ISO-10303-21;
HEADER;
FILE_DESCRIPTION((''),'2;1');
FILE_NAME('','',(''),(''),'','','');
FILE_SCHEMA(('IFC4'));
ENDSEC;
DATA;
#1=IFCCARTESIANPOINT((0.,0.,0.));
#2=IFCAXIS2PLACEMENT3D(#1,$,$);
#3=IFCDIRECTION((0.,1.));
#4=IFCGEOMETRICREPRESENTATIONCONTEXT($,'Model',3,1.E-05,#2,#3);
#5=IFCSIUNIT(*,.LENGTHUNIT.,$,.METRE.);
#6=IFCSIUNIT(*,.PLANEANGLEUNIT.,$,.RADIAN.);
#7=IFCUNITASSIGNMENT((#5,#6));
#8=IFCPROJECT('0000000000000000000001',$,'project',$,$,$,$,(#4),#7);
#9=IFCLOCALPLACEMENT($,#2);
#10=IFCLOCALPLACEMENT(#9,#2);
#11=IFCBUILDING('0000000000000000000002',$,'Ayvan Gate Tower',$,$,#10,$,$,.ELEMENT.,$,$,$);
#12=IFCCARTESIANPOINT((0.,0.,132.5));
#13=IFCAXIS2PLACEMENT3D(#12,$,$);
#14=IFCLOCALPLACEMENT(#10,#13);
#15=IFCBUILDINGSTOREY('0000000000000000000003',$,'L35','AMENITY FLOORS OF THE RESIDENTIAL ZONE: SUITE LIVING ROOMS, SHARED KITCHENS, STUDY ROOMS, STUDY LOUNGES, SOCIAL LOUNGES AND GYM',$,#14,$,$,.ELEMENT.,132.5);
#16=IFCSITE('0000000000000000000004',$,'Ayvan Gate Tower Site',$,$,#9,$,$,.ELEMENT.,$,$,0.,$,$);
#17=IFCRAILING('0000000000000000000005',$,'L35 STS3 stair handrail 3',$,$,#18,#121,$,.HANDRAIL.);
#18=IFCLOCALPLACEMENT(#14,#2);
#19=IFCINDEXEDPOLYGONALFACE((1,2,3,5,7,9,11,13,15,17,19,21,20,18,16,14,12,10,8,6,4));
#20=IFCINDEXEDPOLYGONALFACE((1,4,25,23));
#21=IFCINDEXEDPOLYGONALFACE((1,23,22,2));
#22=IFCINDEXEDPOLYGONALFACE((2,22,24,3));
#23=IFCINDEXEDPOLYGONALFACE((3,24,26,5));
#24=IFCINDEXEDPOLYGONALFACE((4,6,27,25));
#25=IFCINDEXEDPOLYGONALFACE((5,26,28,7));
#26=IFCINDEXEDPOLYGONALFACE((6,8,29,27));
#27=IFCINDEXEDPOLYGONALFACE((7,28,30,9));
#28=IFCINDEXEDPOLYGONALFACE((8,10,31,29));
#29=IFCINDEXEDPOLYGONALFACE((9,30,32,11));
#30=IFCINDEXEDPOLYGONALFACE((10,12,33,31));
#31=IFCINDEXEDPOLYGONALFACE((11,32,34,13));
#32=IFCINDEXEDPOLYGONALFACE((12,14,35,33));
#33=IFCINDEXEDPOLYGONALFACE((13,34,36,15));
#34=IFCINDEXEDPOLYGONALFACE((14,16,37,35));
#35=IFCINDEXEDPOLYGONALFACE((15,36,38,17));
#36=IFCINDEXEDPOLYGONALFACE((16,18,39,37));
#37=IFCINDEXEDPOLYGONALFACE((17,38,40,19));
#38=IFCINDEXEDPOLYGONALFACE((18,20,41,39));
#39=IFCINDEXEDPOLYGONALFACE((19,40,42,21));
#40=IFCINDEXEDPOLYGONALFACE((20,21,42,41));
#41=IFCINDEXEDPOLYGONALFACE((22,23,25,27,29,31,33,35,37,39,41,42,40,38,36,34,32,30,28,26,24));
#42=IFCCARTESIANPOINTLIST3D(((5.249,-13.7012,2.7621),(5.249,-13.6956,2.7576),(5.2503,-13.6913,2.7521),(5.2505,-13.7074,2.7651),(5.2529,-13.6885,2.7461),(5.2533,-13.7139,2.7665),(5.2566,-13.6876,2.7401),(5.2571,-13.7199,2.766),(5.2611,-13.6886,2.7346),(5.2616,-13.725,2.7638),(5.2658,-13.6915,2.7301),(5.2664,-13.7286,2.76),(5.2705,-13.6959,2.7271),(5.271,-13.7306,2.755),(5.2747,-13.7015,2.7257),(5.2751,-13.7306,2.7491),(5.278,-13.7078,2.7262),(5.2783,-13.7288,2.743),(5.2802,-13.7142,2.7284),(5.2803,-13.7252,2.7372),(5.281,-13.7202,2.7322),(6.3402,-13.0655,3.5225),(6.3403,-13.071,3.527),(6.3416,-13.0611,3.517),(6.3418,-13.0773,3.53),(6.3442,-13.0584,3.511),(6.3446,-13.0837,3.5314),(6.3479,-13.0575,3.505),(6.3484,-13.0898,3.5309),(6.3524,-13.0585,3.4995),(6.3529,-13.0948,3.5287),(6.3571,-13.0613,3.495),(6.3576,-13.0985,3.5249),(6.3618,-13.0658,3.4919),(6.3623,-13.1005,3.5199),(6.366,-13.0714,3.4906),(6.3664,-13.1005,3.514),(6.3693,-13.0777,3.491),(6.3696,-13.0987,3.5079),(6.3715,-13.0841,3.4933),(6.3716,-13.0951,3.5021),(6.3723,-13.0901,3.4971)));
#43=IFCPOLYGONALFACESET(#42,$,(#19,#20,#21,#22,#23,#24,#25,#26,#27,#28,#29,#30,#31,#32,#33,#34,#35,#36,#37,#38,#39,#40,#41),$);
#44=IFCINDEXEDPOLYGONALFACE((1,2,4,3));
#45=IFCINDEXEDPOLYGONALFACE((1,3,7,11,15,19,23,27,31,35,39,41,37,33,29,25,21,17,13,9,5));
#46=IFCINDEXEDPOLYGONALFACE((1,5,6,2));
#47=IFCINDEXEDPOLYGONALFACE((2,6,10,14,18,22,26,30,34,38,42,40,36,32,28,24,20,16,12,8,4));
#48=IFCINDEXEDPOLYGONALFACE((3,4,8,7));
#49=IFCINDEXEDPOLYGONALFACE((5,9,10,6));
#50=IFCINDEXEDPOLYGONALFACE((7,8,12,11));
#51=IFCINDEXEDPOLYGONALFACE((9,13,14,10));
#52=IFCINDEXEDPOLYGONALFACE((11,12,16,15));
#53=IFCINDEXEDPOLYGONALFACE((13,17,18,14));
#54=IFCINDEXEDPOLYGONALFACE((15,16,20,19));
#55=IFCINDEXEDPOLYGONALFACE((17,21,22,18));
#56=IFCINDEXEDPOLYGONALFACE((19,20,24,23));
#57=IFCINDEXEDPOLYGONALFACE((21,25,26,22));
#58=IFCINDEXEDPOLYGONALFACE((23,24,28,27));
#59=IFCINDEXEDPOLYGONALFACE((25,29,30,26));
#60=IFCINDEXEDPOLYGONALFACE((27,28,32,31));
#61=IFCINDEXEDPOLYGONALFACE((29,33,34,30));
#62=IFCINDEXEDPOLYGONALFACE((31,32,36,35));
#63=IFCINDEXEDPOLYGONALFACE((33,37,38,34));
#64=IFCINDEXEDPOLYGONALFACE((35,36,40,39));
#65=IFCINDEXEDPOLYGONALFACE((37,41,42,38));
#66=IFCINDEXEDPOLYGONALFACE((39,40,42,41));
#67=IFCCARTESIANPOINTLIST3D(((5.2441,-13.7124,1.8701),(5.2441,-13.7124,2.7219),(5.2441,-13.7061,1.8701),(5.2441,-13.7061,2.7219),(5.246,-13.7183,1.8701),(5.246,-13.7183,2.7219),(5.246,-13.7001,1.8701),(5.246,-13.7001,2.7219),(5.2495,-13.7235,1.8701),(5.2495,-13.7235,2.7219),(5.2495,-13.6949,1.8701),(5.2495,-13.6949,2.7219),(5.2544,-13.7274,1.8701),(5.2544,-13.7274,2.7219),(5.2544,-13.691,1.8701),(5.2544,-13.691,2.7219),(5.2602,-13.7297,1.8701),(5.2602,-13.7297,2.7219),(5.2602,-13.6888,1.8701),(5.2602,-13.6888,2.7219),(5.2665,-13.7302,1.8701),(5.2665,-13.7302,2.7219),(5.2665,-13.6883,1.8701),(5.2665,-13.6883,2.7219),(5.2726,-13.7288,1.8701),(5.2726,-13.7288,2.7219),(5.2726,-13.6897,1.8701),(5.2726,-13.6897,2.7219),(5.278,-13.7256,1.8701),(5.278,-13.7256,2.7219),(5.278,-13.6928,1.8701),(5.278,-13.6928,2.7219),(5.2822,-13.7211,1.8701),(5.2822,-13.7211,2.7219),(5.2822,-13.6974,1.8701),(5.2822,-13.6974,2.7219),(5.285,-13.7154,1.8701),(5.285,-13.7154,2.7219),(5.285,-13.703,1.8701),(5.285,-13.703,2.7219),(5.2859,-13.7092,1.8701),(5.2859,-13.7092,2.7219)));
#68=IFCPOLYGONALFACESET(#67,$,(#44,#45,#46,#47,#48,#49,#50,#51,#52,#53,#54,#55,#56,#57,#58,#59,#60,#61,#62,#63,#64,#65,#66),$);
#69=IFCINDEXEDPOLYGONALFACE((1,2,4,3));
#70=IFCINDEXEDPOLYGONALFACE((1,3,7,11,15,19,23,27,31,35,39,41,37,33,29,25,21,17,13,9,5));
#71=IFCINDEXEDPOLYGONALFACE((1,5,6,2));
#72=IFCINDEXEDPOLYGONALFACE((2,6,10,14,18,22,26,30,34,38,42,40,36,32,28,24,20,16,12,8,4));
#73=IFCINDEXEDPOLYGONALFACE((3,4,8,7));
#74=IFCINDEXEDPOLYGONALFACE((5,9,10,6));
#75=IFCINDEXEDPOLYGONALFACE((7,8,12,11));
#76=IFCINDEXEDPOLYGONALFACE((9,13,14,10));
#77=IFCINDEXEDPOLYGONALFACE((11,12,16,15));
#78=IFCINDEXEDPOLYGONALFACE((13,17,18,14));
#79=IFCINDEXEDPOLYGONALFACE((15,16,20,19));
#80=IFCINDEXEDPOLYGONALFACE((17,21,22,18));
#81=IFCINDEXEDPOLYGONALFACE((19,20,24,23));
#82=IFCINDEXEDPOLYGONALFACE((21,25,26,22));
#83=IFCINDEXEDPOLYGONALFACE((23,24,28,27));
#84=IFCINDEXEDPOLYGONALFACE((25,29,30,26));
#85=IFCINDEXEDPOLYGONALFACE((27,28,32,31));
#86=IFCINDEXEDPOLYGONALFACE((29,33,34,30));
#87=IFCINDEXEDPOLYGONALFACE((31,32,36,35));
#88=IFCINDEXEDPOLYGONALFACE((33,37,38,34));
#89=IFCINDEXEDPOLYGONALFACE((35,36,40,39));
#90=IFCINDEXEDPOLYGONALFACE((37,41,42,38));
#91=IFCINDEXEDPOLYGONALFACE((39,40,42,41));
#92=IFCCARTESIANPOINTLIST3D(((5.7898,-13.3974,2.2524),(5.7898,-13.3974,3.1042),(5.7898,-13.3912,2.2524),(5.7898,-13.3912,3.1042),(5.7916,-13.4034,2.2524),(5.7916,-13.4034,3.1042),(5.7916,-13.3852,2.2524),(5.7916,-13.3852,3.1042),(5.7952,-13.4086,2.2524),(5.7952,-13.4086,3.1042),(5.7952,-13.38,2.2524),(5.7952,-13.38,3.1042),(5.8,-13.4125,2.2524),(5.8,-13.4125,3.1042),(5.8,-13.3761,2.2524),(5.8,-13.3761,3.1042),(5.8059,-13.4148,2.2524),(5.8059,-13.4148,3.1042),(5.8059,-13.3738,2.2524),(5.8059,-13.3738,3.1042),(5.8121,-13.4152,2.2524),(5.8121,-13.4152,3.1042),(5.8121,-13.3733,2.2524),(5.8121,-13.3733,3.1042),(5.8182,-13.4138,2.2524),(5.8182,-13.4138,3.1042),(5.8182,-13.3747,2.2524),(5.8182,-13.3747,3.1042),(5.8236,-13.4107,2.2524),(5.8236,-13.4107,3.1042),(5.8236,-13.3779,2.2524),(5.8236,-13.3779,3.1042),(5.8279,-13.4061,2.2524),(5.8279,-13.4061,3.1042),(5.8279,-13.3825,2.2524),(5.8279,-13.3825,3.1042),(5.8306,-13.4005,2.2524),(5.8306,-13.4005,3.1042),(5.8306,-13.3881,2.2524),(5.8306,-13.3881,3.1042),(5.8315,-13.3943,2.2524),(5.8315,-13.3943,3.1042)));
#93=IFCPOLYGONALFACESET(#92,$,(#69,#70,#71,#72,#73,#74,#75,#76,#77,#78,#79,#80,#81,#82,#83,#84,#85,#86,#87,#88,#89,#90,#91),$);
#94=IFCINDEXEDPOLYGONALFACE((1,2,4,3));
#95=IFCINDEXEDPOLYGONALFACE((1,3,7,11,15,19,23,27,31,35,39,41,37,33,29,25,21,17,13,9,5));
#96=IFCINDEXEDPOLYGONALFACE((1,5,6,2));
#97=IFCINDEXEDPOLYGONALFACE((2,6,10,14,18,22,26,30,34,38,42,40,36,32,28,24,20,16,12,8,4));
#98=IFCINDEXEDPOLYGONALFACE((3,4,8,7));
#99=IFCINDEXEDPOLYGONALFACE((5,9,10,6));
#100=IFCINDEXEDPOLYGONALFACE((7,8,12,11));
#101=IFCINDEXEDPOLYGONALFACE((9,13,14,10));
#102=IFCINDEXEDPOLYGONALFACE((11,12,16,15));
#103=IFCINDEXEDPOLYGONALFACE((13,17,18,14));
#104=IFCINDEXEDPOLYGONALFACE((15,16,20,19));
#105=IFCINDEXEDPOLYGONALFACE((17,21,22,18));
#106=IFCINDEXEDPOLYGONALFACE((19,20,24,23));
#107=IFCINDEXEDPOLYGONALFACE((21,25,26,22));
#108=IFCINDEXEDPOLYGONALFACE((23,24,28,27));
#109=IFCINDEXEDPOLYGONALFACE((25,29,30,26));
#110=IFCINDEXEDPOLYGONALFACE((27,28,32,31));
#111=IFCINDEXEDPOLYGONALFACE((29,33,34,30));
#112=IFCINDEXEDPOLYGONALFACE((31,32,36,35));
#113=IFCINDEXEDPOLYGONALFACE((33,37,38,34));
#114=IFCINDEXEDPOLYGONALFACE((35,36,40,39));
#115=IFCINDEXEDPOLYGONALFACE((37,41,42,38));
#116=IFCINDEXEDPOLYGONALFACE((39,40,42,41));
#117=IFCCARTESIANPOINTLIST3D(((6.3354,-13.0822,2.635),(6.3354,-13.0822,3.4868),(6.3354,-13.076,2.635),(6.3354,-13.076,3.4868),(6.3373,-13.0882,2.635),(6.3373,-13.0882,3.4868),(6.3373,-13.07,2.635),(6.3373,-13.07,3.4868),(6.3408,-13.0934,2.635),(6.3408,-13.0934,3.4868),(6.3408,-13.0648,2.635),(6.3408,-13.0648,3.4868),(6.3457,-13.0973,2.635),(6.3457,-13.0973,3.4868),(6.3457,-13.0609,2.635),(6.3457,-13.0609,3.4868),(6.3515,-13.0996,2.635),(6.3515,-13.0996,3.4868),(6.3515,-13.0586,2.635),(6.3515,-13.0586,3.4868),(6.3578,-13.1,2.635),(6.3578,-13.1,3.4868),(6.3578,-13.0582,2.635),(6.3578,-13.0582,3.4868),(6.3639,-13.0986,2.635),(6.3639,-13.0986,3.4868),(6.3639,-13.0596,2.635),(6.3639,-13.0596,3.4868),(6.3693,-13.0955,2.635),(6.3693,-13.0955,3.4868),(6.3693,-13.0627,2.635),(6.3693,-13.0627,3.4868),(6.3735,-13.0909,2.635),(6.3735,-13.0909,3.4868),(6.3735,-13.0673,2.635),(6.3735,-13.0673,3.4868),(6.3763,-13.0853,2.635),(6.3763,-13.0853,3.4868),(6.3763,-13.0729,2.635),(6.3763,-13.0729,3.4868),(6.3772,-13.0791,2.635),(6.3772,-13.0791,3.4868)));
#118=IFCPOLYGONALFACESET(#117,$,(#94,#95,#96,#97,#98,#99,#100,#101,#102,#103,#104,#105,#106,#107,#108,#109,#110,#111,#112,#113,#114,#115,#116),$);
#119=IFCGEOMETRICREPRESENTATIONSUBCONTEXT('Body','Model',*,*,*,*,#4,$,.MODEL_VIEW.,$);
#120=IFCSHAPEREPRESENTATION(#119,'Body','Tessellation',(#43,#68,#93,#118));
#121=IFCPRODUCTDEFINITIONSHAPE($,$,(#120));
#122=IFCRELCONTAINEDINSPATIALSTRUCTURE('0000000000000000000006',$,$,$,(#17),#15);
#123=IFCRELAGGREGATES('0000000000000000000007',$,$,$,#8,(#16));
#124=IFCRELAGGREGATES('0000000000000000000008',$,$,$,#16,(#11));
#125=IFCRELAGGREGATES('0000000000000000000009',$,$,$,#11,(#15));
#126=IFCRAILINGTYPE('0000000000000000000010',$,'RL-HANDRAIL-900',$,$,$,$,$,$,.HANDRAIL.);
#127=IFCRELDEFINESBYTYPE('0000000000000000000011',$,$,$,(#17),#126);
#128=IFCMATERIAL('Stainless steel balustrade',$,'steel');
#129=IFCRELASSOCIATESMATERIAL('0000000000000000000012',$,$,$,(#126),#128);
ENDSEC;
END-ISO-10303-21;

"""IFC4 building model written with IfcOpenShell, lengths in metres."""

from ifc_helpers import new_model, si_unit, direction, frame, origin, origin_2d, place, context, subcontext, project, spatial, circle, extrude, material, type_object, element, save


model = new_model("IFC4")

# Units and contexts
model_context = context("Model", 3, precision=1e-05, world=origin(), true_north=direction((0.0, 1.0)))
body_context = subcontext(model_context, "Body", "Model", "MODEL_VIEW")
ifc_project = project(units=[si_unit("LENGTHUNIT", "METRE"), si_unit("PLANEANGLEUNIT", "RADIAN")], contexts=[model_context])

# Site, building, storey
site_placement = place(None, origin())
site = spatial("IfcSite", under=ifc_project, at=site_placement, Name="Ayvan Gate Tower Site", CompositionType="ELEMENT", RefElevation=0.0)
building_placement = place(site_placement, origin())
building = spatial("IfcBuilding", under=site, at=building_placement, Name="Ayvan Gate Tower", CompositionType="ELEMENT")
storey_placement = place(building_placement, frame((0.0, 0.0, 132.5)))
storey = spatial("IfcBuildingStorey", under=building, at=storey_placement, Name="L35", Description="AMENITY FLOORS OF THE RESIDENTIAL ZONE: SUITE LIVING ROOMS, SHARED KITCHENS, STUDY ROOMS, STUDY LOUNGES, SOCIAL LOUNGES AND GYM", CompositionType="ELEMENT", Elevation=132.5)

# Railing
ifc_material_1 = material(Name="Stainless steel balustrade", Category="steel")
railing_type_1 = type_object("IfcRailingType", Name="RL-HANDRAIL-900", PredefinedType="HANDRAIL", material=ifc_material_1)
railing_1_placement = place(storey_placement, frame((5.2649, -13.7092, 1.8701)))
element("IfcRailing", 1, at=railing_1_placement, inside=storey, type_object=railing_type_1, Name="L35 STS3 stair handrail 3", PredefinedType="HANDRAIL", context=body_context, shape_type="SweptSolid", body=[
    extrude(circle(Radius=0.0239, at=origin_2d()), frame((0.0, 0.0, 0.876), z_axis=(0.740304, 0.427455, 0.518875), x_axis=(-0.500035, 0.866005, 0.0)), (0.0, 0.0, 1.0), 1.4741),
    extrude(circle(Radius=0.021, at=origin_2d()), origin(), (0.0, 0.0, 1.0), 0.8518),
    extrude(circle(Radius=0.021, at=origin_2d()), frame((0.5457, 0.3149, 0.3823)), (0.0, 0.0, 1.0), 0.8518),
    extrude(circle(Radius=0.021, at=origin_2d()), frame((1.0913, 0.6301, 0.7649)), (0.0, 0.0, 1.0), 0.8518),
])

save(model, "model.ifc")
